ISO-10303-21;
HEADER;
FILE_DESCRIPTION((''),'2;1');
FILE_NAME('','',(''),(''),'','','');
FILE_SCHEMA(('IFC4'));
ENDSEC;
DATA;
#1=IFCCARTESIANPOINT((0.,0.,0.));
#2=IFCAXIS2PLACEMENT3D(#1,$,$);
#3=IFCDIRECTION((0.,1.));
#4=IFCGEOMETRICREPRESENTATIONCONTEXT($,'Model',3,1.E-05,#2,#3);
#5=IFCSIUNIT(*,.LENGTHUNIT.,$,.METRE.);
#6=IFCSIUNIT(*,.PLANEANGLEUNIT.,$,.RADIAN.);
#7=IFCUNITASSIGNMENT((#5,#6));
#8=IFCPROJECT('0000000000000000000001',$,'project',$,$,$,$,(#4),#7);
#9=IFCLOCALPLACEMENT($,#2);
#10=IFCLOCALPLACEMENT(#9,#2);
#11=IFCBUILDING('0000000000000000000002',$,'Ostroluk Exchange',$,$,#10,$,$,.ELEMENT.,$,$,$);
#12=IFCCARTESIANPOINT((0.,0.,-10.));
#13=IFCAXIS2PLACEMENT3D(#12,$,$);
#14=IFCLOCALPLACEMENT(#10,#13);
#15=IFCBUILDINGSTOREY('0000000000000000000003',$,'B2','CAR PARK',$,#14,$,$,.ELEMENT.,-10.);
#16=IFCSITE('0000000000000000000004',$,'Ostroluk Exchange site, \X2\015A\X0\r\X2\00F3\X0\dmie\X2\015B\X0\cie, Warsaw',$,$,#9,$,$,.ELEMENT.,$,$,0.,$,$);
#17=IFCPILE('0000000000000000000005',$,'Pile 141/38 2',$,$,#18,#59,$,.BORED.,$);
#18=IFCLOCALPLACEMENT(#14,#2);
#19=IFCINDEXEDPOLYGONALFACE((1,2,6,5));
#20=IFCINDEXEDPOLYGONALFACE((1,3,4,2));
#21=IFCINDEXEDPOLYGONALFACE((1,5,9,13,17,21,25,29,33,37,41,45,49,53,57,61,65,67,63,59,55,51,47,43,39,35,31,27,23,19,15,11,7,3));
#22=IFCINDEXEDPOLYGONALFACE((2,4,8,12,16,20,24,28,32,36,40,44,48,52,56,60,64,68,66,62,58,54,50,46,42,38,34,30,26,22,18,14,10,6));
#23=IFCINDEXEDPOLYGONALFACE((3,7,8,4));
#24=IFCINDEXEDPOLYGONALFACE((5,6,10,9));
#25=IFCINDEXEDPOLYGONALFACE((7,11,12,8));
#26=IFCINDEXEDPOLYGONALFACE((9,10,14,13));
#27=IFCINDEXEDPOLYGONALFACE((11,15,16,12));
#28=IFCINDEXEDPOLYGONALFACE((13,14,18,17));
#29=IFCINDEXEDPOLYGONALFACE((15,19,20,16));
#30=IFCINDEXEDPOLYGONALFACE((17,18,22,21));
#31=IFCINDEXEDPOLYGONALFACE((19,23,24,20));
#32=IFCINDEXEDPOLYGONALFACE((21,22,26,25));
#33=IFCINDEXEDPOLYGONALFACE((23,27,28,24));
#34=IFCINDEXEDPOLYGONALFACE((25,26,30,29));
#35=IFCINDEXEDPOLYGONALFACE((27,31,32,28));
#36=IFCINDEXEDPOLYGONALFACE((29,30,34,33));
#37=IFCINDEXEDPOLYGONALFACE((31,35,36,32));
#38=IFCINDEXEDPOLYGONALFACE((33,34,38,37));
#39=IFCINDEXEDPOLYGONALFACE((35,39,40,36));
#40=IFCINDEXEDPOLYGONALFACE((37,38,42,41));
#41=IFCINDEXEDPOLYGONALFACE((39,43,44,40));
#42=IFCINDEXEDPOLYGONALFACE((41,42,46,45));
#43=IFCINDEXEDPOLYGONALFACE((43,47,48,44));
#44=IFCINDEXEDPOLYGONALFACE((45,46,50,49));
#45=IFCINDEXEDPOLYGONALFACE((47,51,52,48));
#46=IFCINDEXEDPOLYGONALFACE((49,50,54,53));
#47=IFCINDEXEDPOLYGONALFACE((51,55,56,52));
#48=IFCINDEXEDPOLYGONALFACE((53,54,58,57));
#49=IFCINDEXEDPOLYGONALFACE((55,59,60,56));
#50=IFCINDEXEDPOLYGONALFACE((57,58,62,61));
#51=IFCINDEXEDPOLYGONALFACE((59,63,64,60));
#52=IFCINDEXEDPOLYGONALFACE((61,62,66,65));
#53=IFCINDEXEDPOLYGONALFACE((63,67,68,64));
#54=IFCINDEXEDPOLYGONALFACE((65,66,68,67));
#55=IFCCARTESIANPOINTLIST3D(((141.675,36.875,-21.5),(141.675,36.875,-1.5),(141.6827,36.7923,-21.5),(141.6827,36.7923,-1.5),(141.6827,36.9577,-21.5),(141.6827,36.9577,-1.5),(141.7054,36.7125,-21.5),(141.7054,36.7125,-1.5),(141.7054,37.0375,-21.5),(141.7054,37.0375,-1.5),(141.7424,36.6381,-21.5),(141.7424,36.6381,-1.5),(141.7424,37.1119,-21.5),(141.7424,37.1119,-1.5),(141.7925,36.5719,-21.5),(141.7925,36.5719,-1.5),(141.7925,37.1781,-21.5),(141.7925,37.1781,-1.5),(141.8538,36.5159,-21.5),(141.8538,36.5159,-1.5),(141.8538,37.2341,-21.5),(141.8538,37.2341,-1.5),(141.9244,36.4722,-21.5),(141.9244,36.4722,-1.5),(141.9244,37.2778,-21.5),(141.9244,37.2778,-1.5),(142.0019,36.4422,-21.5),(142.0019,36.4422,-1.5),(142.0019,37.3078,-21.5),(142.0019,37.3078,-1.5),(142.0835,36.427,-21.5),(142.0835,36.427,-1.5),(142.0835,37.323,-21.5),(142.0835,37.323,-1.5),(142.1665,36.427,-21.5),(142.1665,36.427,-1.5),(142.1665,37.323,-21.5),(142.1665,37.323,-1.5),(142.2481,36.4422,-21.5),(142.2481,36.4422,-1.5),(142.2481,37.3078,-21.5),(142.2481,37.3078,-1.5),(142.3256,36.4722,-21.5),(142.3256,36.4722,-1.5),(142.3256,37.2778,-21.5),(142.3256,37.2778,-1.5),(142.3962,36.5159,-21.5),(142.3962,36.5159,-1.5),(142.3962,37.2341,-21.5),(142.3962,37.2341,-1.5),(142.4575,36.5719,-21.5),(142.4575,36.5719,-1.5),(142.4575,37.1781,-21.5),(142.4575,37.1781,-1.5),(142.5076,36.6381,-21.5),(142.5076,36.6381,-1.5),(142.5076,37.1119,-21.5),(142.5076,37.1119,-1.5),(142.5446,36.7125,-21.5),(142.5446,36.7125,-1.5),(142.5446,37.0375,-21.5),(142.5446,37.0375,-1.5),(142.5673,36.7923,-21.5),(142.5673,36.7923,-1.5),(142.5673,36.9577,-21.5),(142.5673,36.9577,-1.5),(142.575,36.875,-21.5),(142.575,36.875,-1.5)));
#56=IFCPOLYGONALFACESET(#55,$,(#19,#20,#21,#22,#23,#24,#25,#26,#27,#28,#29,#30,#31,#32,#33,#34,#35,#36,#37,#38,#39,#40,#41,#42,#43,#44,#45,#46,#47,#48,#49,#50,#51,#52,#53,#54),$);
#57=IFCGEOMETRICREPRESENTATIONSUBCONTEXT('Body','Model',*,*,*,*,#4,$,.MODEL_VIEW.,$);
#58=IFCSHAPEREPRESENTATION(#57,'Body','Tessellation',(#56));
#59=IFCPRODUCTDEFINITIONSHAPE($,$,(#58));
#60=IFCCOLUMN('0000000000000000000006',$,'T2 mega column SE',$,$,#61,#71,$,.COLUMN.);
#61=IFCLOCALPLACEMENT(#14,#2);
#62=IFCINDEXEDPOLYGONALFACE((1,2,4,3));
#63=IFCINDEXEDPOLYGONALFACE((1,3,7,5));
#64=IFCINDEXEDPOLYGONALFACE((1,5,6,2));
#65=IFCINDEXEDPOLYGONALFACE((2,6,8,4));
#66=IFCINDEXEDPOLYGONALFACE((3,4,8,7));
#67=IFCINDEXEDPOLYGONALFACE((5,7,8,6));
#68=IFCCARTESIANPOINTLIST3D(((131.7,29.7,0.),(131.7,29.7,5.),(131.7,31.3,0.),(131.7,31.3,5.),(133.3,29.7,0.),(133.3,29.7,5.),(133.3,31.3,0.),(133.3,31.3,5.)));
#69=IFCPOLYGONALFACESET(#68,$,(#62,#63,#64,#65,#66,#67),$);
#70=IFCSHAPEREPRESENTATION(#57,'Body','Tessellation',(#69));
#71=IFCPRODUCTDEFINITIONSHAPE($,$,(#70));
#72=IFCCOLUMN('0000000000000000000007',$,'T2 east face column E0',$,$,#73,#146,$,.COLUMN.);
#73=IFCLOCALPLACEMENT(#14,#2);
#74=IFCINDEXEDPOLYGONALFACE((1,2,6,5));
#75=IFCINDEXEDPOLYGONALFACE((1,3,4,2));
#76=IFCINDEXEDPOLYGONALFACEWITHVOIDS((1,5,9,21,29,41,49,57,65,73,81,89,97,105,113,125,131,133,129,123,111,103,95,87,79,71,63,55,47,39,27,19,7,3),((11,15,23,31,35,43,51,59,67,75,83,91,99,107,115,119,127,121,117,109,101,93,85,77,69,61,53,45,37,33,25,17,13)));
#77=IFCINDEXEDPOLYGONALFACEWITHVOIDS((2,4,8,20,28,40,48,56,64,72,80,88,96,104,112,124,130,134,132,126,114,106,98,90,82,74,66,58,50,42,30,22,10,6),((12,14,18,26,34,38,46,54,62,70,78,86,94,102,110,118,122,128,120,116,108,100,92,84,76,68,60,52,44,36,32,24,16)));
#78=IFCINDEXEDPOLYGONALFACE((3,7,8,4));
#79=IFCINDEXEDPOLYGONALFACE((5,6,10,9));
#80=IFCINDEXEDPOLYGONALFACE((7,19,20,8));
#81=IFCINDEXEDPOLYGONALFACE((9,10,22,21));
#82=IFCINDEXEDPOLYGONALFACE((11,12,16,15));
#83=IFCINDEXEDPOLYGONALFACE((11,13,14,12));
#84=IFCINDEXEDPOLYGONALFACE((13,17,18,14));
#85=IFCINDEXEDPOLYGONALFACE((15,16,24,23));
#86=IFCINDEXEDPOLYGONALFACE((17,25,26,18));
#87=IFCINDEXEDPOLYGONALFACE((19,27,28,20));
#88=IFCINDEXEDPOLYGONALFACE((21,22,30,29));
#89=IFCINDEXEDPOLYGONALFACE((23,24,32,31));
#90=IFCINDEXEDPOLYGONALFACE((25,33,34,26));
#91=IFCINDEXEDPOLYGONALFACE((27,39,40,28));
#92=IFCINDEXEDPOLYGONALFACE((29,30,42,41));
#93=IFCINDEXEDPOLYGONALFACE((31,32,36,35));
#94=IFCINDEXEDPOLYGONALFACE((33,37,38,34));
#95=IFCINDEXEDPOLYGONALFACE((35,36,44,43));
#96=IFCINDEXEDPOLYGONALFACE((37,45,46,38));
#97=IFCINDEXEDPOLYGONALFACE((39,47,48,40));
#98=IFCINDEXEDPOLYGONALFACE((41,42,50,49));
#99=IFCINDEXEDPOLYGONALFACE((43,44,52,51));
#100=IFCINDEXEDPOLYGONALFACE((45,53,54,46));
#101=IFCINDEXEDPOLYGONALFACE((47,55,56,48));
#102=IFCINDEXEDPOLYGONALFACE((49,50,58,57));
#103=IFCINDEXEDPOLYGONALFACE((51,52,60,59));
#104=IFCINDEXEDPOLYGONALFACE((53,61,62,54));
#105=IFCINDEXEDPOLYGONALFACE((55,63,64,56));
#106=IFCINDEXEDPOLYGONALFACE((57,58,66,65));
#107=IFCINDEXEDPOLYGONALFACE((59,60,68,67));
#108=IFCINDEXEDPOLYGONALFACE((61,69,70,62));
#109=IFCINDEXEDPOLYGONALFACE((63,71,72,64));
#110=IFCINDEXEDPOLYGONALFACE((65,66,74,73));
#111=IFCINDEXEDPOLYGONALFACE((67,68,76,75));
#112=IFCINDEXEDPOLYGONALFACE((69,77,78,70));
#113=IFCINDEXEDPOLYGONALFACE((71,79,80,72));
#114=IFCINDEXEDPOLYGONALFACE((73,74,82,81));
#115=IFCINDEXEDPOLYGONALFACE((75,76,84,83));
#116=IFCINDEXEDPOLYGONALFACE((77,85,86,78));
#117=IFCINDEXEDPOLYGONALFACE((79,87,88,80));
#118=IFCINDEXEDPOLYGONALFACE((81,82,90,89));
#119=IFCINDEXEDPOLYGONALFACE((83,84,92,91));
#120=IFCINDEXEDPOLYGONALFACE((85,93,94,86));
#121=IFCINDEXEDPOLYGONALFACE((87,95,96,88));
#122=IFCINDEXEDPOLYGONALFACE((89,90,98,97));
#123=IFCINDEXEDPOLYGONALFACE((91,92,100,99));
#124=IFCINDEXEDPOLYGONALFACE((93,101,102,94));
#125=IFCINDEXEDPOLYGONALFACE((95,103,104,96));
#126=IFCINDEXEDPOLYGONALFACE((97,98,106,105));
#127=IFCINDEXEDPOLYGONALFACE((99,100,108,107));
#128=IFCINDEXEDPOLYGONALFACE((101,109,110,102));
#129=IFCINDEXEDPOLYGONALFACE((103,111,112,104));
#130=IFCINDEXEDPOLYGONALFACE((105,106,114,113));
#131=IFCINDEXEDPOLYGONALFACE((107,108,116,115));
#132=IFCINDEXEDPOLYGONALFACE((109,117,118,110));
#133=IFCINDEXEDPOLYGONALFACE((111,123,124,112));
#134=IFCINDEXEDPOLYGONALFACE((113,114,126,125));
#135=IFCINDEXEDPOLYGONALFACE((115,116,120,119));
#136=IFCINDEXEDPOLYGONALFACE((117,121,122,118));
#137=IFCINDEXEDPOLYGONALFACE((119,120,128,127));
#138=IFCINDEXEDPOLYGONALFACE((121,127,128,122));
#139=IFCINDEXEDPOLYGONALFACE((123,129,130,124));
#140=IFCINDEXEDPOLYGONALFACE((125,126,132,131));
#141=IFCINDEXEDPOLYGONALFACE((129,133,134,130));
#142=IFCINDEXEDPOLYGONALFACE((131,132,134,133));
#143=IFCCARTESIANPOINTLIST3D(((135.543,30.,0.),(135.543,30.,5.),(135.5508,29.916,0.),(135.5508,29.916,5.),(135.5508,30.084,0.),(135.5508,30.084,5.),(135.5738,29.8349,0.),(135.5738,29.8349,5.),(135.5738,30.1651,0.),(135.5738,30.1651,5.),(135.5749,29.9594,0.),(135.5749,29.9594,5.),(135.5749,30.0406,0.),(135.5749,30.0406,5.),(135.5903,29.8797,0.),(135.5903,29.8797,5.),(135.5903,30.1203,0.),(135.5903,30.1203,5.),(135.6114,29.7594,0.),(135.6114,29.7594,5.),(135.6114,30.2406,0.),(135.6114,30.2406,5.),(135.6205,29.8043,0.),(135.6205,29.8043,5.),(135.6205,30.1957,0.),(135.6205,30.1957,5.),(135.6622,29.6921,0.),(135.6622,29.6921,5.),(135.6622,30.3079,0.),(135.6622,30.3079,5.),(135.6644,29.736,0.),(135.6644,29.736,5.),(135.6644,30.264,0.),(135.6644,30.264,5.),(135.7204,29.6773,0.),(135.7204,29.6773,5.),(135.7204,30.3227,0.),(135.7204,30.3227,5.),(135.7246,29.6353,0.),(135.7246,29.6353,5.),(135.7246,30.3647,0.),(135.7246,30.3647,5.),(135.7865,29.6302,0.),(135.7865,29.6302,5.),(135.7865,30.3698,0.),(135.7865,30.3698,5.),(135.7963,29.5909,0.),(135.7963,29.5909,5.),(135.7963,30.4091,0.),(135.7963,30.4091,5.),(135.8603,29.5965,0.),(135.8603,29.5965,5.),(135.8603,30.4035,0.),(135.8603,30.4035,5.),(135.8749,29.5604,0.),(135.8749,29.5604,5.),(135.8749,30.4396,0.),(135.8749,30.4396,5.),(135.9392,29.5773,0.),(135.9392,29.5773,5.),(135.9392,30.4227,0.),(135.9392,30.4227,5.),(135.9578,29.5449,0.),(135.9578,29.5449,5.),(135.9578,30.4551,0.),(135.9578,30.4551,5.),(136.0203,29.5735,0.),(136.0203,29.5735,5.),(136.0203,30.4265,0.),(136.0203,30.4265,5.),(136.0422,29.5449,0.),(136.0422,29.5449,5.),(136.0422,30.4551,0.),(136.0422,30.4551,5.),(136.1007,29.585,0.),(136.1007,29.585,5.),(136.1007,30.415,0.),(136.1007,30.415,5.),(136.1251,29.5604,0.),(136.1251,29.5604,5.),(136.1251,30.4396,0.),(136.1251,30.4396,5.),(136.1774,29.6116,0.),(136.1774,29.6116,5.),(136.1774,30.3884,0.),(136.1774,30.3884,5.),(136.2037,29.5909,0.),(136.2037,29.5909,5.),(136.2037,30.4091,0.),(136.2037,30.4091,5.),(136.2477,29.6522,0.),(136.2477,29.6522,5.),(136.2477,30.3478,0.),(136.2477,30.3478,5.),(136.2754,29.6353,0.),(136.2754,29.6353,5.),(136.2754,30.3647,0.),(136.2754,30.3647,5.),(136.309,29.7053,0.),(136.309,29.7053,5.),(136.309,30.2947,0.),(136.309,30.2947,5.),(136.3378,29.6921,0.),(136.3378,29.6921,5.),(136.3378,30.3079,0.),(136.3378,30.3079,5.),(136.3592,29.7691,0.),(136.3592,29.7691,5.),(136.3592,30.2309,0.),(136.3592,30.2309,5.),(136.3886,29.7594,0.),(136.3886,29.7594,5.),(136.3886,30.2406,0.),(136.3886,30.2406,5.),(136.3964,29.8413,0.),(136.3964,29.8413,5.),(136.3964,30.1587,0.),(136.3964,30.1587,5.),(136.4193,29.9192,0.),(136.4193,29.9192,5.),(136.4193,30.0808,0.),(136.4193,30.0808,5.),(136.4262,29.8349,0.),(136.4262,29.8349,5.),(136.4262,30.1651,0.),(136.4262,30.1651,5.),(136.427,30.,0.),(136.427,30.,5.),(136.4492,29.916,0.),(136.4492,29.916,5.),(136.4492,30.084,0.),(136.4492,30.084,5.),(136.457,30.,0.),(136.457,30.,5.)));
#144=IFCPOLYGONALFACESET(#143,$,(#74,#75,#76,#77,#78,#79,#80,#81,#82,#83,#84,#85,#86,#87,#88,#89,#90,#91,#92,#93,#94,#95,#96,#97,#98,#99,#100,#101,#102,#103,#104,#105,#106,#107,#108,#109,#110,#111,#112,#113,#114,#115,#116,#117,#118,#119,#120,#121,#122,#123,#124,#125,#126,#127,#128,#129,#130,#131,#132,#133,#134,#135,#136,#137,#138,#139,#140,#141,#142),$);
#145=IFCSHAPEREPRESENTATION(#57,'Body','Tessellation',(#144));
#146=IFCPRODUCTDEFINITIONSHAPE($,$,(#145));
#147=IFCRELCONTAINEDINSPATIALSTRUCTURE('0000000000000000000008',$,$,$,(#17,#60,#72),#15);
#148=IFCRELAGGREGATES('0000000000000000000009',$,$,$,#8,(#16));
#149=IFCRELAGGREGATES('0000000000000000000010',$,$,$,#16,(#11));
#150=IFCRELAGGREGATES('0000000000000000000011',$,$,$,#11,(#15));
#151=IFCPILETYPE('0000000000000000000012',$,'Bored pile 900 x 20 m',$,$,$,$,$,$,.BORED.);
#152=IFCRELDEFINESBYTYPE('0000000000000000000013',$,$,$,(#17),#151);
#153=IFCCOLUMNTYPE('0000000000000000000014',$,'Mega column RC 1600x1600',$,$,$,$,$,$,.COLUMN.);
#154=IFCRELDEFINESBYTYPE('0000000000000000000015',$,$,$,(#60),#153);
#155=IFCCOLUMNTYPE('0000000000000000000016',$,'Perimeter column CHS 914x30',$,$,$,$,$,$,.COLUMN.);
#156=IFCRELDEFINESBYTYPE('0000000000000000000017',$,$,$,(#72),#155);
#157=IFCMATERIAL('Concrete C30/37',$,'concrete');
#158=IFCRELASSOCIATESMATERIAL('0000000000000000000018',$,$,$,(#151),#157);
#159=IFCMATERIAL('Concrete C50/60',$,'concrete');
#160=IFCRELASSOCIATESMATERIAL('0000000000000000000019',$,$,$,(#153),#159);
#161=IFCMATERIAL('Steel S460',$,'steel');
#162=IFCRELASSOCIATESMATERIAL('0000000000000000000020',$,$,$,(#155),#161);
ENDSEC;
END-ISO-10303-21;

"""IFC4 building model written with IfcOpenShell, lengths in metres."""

from ifc_helpers import new_model, si_unit, direction, frame, origin, origin_2d, place, context, subcontext, project, spatial, rectangle, circle, hollow_circle, extrude, material, material_profile, profile_set, type_object, element, save


model = new_model("IFC4")

# Units and contexts
model_context = context("Model", 3, precision=1e-05, world=origin(), true_north=direction((0.0, 1.0)))
body_context = subcontext(model_context, "Body", "Model", "MODEL_VIEW")
ifc_project = project(units=[si_unit("LENGTHUNIT", "METRE"), si_unit("PLANEANGLEUNIT", "RADIAN")], contexts=[model_context])

# Site, building, storey
site_placement = place(None, origin())
site = spatial("IfcSite", under=ifc_project, at=site_placement, Name="Ostroluk Exchange site, Śródmieście, Warsaw", CompositionType="ELEMENT", RefElevation=0.0)
building_placement = place(site_placement, origin())
building = spatial("IfcBuilding", under=site, at=building_placement, Name="Ostroluk Exchange", CompositionType="ELEMENT")
storey_placement = place(building_placement, frame((0.0, 0.0, -10.0)))
storey = spatial("IfcBuildingStorey", under=building, at=storey_placement, Name="B2", Description="CAR PARK", CompositionType="ELEMENT", Elevation=-10.0)

# Pile
ifc_material_1 = material(Name="Concrete C30/37", Category="concrete")
pile_type_1 = type_object("IfcPileType", Name="Bored pile 900 x 20 m", PredefinedType="BORED", material=ifc_material_1)
for number, where, z_axis, x_axis, name in (
    (1, (142.125, 36.875, -1.5), (0.0, 0.0, -1.0), (1.0, 0.0, 0.0), "Pile 141/38 2"),
):
    element("IfcPile", number, at=place(storey_placement, frame(where, z_axis=z_axis, x_axis=x_axis)), inside=storey, type_object=pile_type_1, Name=name, PredefinedType="BORED", context=body_context, shape_type="SweptSolid", body=[
        extrude(circle(Radius=0.45, at=origin_2d()), origin(), (0.0, 0.0, 1.0), 20.0),
    ])

# Columns
ifc_material_2 = material(Name="Concrete C50/60", Category="concrete")
ifc_material_profile_1 = material_profile(ifc_material_2, rectangle(XDim=1.6001, YDim=1.6001, at=origin_2d()), Name="RC 1600x1600")
ifc_profile_set_1 = profile_set([ifc_material_profile_1], Name="Concrete C50/60")
column_type_1 = type_object("IfcColumnType", Name="Mega column RC 1600x1600", PredefinedType="COLUMN", material=ifc_profile_set_1)
column_placement = place(storey_placement, frame((132.5, 30.5, 0.0), z_axis=(0.0, 0.0, 1.0), x_axis=(1.0, 0.0, 0.0)))
element("IfcColumn", 2, at=column_placement, inside=storey, type_object=column_type_1, Name="T2 mega column SE", PredefinedType="COLUMN", context=body_context, shape_type="SweptSolid", body=[
    extrude(rectangle(XDim=1.6001, YDim=1.6001, at=origin_2d()), origin(), (0.0, 0.0, 1.0), 5.0),
])
ifc_material_3 = material(Name="Steel S460", Category="steel")
ifc_material_profile_2 = material_profile(ifc_material_3, hollow_circle(Radius=0.457, WallThickness=0.03, at=origin_2d()), Name="CHS 914x30")
ifc_profile_set_2 = profile_set([ifc_material_profile_2], Name="Steel S460")
column_type_2 = type_object("IfcColumnType", Name="Perimeter column CHS 914x30", PredefinedType="COLUMN", material=ifc_profile_set_2)
for number, where, z_axis, x_axis, name in (
    (3, (136.0, 30.0, 0.0), (0.0, 0.0, 1.0), (1.0, 0.0, 0.0), "T2 east face column E0"),
):
    element("IfcColumn", number, at=place(storey_placement, frame(where, z_axis=z_axis, x_axis=x_axis)), inside=storey, type_object=column_type_2, Name=name, PredefinedType="COLUMN", context=body_context, shape_type="SweptSolid", body=[
        extrude(hollow_circle(Radius=0.457, WallThickness=0.03, at=origin_2d()), origin(), (0.0, 0.0, 1.0), 5.0),
    ])

save(model, "model.ifc")
